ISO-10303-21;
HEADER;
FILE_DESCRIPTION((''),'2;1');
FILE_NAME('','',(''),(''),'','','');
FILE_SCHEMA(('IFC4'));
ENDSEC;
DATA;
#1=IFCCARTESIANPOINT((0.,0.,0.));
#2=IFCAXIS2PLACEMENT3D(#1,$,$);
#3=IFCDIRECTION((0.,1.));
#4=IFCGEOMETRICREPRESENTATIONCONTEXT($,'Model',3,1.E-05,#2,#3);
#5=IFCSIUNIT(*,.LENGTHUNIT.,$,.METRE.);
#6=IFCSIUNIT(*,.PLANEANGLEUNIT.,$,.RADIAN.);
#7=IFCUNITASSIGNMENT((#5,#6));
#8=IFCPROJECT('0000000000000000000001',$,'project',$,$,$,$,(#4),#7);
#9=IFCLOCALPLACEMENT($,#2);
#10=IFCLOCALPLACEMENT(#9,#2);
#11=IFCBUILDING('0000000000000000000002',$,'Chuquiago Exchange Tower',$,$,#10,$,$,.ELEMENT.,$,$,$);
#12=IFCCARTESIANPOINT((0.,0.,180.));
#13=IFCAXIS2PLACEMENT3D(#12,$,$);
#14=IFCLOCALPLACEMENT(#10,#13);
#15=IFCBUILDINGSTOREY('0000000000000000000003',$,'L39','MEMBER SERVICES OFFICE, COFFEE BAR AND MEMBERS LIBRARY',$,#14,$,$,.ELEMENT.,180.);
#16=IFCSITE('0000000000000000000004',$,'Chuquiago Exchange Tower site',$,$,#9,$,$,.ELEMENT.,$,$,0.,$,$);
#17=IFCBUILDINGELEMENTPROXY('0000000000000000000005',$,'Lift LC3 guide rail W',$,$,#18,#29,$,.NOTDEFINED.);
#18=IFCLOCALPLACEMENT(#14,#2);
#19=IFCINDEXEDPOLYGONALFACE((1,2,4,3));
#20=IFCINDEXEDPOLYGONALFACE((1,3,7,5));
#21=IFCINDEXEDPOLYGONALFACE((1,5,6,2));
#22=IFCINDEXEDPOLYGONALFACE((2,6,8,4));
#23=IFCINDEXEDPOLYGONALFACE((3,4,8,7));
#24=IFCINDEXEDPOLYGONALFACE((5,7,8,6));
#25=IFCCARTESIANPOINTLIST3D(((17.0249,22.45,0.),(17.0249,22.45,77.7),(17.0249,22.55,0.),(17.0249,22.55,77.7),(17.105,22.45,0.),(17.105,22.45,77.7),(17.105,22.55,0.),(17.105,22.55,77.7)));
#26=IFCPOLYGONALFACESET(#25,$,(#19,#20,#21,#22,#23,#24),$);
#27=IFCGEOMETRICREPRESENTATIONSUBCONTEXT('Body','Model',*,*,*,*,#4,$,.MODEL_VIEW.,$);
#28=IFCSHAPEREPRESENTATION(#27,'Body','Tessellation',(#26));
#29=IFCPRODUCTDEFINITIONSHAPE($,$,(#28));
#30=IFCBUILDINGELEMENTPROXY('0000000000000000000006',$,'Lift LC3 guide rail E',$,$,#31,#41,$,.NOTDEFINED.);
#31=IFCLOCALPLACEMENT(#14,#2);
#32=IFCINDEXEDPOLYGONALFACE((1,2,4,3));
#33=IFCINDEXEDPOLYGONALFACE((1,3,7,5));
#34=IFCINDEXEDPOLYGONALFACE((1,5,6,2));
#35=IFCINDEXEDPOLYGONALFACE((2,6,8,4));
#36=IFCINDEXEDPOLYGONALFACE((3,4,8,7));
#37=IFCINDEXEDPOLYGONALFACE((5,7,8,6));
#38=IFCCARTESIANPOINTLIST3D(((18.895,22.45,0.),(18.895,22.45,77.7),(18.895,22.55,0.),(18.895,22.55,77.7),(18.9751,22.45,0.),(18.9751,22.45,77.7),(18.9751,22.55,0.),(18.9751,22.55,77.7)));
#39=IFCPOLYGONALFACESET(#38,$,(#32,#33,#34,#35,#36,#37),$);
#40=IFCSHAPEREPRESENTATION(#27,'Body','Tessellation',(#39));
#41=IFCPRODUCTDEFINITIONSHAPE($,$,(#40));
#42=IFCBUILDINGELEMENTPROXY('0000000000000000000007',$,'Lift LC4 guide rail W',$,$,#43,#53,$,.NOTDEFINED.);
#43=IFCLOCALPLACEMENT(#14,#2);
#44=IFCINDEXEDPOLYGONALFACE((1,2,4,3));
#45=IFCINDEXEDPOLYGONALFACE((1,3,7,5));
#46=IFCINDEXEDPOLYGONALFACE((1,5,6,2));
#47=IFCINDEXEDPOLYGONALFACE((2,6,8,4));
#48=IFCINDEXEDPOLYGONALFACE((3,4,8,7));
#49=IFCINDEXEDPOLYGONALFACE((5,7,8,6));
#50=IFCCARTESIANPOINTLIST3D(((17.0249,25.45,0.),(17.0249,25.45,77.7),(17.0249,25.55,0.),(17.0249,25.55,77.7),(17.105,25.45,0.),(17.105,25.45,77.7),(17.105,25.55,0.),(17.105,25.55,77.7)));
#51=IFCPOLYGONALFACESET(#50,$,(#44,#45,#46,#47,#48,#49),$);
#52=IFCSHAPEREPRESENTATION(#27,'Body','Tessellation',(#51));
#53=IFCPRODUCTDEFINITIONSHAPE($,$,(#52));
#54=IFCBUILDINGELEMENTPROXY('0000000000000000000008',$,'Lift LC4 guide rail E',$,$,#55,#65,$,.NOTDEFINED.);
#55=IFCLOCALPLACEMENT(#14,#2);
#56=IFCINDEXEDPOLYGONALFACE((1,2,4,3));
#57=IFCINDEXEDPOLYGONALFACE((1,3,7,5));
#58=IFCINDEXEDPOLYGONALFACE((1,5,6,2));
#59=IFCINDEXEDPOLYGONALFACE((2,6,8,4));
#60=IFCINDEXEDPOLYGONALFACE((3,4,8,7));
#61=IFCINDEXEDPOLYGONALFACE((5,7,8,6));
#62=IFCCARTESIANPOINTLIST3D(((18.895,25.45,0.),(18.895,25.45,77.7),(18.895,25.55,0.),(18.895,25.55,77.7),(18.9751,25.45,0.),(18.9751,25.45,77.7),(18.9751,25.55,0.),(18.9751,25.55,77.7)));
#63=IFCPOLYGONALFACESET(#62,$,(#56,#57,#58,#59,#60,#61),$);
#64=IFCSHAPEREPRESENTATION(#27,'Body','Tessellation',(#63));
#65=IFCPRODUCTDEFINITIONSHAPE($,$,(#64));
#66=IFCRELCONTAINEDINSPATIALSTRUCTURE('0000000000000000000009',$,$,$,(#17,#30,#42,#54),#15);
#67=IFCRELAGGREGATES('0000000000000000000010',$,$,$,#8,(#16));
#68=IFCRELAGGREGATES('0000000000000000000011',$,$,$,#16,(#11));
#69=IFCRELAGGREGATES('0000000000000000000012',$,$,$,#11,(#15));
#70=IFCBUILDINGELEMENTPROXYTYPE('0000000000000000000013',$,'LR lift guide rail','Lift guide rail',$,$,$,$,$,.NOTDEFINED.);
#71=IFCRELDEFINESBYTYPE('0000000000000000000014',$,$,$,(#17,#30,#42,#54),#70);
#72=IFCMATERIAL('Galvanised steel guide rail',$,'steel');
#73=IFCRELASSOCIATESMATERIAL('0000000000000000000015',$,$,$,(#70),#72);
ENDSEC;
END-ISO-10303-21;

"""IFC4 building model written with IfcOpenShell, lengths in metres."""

from ifc_helpers import new_model, si_unit, direction, frame, origin, origin_2d, place, context, subcontext, project, spatial, rectangle, extrude, material, type_object, element, save


model = new_model("IFC4")

# Units and contexts
model_context = context("Model", 3, precision=1e-05, world=origin(), true_north=direction((0.0, 1.0)))
body_context = subcontext(model_context, "Body", "Model", "MODEL_VIEW")
ifc_project = project(units=[si_unit("LENGTHUNIT", "METRE"), si_unit("PLANEANGLEUNIT", "RADIAN")], contexts=[model_context])

# Site, building, storey
site_placement = place(None, origin())
site = spatial("IfcSite", under=ifc_project, at=site_placement, Name="Chuquiago Exchange Tower site", CompositionType="ELEMENT", RefElevation=0.0)
building_placement = place(site_placement, origin())
building = spatial("IfcBuilding", under=site, at=building_placement, Name="Chuquiago Exchange Tower", CompositionType="ELEMENT")
storey_placement = place(building_placement, frame((0.0, 0.0, 180.0)))
storey = spatial("IfcBuildingStorey", under=building, at=storey_placement, Name="L39", Description="MEMBER SERVICES OFFICE, COFFEE BAR AND MEMBERS LIBRARY", CompositionType="ELEMENT", Elevation=180.0)

# Building element proxies
ifc_material_1 = material(Name="Galvanised steel guide rail", Category="steel")
building_element_proxy_type = type_object("IfcBuildingElementProxyType", Name="LR lift guide rail", Description="Lift guide rail", PredefinedType="NOTDEFINED", material=ifc_material_1)
for number, where, z_axis, x_axis, name in (
    (1, (17.0649, 22.5, 0.0), (0.0, 0.0, 1.0), (1.0, 0.0, 0.0), "Lift LC3 guide rail W"),
    (2, (18.9351, 22.5, 0.0), (0.0, 0.0, 1.0), (1.0, 0.0, 0.0), "Lift LC3 guide rail E"),
    (3, (17.0649, 25.5, 0.0), (0.0, 0.0, 1.0), (1.0, 0.0, 0.0), "Lift LC4 guide rail W"),
    (4, (18.9351, 25.5, 0.0), (0.0, 0.0, 1.0), (1.0, 0.0, 0.0), "Lift LC4 guide rail E"),
):
    element("IfcBuildingElementProxy", number, at=place(storey_placement, frame(where, z_axis=z_axis, x_axis=x_axis)), inside=storey, type_object=building_element_proxy_type, Name=name, PredefinedType="NOTDEFINED", context=body_context, shape_type="SweptSolid", body=[
        extrude(rectangle(XDim=0.0801, YDim=0.1001, at=origin_2d()), origin(), (0.0, 0.0, 1.0), 77.7),
    ])

save(model, "model.ifc")
